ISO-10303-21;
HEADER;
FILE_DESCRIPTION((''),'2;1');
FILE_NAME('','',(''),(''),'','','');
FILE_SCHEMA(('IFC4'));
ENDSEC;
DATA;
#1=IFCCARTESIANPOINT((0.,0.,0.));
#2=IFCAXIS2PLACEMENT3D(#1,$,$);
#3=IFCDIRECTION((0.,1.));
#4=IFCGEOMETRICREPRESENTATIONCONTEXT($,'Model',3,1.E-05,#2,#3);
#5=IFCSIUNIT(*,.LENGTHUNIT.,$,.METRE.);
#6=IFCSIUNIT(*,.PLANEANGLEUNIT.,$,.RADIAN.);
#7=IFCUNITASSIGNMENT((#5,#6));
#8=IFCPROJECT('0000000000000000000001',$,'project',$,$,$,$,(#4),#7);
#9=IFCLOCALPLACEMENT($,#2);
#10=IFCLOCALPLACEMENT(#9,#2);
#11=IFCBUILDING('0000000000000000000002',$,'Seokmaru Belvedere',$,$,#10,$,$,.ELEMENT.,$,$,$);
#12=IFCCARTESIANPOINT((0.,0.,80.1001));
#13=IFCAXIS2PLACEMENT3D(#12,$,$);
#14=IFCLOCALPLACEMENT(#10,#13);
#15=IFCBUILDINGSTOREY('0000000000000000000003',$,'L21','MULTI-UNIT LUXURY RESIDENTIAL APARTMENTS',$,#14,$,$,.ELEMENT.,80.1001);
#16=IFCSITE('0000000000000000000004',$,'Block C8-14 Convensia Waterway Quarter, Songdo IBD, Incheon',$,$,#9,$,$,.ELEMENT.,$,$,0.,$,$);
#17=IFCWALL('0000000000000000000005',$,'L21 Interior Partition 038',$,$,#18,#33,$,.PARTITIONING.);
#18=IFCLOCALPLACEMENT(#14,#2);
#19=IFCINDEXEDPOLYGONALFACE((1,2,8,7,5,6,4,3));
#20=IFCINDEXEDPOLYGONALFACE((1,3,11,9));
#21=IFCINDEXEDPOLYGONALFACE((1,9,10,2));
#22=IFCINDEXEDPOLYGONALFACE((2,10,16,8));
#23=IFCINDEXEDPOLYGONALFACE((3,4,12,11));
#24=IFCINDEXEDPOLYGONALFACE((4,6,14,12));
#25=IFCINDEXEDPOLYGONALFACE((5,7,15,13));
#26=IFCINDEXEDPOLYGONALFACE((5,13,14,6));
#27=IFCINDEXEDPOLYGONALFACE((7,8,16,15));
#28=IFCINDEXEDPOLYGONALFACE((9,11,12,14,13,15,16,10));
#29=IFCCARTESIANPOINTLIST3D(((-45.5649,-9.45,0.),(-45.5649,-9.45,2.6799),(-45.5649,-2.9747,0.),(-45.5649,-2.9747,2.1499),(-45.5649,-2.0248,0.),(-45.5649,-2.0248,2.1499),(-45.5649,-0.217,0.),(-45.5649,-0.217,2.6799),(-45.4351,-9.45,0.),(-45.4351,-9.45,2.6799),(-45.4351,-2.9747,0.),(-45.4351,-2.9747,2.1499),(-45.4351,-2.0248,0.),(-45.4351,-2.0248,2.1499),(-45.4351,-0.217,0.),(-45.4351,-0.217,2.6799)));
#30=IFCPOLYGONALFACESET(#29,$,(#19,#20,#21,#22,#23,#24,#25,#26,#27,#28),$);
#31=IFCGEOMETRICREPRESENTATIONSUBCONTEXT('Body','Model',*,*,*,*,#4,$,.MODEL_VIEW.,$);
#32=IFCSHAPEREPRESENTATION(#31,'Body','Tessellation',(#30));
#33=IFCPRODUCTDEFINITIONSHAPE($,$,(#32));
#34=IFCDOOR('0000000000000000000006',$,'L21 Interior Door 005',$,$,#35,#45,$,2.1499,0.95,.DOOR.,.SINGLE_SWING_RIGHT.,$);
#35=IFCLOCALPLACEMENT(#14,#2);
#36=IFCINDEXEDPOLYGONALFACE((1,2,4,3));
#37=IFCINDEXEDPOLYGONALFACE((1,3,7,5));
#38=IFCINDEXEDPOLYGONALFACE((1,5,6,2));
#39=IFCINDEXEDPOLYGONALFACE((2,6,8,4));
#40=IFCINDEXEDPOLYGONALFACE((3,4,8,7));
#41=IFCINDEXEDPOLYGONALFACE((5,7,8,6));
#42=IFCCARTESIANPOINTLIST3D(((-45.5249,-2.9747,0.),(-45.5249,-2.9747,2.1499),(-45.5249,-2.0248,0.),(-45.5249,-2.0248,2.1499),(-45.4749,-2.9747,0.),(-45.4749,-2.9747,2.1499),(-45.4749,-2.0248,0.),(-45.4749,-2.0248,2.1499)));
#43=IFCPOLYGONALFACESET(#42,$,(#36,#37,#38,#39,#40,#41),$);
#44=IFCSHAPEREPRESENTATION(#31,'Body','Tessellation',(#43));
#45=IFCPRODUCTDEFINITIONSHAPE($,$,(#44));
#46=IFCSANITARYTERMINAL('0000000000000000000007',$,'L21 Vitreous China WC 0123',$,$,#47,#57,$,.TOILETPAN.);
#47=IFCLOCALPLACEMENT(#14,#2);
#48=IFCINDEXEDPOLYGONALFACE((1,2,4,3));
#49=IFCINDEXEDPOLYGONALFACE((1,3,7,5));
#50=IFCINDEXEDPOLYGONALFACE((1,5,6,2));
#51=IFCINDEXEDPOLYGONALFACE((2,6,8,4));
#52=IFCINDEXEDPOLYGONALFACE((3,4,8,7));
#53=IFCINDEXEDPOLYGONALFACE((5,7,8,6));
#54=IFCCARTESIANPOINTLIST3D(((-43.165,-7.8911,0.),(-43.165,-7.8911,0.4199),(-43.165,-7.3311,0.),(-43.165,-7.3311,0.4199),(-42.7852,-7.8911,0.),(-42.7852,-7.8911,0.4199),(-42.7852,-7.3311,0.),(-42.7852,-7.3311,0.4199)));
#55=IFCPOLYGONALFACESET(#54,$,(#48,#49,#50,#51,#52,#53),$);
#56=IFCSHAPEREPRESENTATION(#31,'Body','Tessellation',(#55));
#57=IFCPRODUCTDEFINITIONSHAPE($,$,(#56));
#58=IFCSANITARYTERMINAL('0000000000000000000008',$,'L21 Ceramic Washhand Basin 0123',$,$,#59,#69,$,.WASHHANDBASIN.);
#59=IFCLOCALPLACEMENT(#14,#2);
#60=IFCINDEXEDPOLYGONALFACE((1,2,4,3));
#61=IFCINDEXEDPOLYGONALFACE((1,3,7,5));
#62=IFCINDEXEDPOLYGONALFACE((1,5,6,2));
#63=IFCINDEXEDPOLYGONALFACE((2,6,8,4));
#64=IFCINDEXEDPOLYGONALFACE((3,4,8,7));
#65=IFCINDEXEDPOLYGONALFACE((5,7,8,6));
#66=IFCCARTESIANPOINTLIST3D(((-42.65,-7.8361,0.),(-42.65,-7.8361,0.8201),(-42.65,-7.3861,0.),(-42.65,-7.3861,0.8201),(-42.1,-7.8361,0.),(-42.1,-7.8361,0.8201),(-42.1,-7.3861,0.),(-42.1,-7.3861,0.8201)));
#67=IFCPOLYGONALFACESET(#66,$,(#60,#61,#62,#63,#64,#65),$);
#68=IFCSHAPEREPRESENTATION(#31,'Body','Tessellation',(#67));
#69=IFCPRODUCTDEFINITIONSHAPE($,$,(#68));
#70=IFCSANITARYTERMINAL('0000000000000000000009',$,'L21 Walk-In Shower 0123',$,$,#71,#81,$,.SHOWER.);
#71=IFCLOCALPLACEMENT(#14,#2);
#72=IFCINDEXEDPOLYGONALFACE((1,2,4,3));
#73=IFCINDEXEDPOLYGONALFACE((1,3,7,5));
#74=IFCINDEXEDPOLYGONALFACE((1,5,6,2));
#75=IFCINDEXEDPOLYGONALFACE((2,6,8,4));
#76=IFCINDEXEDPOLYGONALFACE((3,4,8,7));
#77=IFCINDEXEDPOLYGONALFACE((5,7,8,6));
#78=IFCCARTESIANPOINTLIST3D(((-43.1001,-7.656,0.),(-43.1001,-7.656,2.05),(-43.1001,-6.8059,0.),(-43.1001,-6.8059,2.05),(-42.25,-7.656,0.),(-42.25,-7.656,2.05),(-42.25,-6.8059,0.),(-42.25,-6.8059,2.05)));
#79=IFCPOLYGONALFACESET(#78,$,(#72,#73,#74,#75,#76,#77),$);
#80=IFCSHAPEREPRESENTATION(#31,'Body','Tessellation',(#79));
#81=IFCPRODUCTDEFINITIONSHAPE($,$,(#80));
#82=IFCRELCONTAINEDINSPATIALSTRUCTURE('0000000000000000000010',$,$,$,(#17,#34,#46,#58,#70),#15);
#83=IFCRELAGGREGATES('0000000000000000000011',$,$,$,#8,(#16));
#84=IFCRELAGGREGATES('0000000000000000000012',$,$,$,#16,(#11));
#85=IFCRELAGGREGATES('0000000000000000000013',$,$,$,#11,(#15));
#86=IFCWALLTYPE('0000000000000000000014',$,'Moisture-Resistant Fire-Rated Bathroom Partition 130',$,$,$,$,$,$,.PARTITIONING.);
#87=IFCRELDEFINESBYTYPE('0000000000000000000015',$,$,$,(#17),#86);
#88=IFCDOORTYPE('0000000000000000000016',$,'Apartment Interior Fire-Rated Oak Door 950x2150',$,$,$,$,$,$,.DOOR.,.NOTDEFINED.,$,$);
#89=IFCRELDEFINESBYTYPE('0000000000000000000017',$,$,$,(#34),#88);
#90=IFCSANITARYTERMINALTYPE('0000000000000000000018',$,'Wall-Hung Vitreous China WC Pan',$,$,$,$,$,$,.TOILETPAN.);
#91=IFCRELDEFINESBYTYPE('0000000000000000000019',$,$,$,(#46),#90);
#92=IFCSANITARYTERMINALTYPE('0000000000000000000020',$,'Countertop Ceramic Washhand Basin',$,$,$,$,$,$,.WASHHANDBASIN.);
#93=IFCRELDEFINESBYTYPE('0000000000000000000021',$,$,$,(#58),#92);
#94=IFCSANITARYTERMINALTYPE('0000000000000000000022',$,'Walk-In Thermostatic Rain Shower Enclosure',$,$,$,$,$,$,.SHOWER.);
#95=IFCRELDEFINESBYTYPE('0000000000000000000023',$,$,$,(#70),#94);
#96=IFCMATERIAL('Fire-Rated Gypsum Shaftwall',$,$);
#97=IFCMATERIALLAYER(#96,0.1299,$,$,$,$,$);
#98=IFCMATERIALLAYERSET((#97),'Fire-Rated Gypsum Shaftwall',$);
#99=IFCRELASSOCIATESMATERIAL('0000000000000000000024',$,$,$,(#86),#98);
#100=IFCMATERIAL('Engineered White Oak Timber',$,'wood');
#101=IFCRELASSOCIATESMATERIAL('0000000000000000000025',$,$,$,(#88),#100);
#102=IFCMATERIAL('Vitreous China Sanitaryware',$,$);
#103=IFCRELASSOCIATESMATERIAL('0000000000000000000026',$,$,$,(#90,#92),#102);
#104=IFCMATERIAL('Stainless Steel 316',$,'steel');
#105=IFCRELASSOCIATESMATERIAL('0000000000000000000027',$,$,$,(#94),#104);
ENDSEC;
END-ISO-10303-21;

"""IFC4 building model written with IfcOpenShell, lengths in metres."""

from ifc_helpers import new_model, si_unit, direction, frame, frame_2d, origin, origin_2d, place, context, subcontext, project, spatial, rectangle, extrude, source, transform, mapped, material, layer, layer_set, type_object, type_shapes, element, fill, save


model = new_model("IFC4")

# Units and contexts
model_context = context("Model", 3, precision=1e-05, world=origin(), true_north=direction((0.0, 1.0)))
body_context = subcontext(model_context, "Body", "Model", "MODEL_VIEW")
ifc_project = project(units=[si_unit("LENGTHUNIT", "METRE"), si_unit("PLANEANGLEUNIT", "RADIAN")], contexts=[model_context])

# Site, building, storey
site_placement = place(None, origin())
site = spatial("IfcSite", under=ifc_project, at=site_placement, Name="Block C8-14 Convensia Waterway Quarter, Songdo IBD, Incheon", CompositionType="ELEMENT", RefElevation=0.0)
building_placement = place(site_placement, origin())
building = spatial("IfcBuilding", under=site, at=building_placement, Name="Seokmaru Belvedere", CompositionType="ELEMENT")
storey_placement = place(building_placement, frame((0.0, 0.0, 80.1001)))
storey = spatial("IfcBuildingStorey", under=building, at=storey_placement, Name="L21", Description="MULTI-UNIT LUXURY RESIDENTIAL APARTMENTS", CompositionType="ELEMENT", Elevation=80.1001)

# Shared definitions
ifc_material_1 = material(Name="Fire-Rated Gypsum Shaftwall")

# Wall, opening, door
ifc_layer_1 = layer(ifc_material_1, 0.1299)
ifc_layer_set_1 = layer_set([ifc_layer_1], Name="Fire-Rated Gypsum Shaftwall")
wall_type_1 = type_object("IfcWallType", Name="Moisture-Resistant Fire-Rated Bathroom Partition 130", PredefinedType="PARTITIONING", material=ifc_layer_set_1)
ifc_material_2 = material(Name="Engineered White Oak Timber", Category="wood")
wall_1_placement = place(storey_placement, frame((-45.5, -9.45, 0.0), z_axis=(0.0, 0.0, 1.0), x_axis=(0.0, 1.0, 0.0)))
wall_1 = element("IfcWall", 1, at=wall_1_placement, inside=storey, type_object=wall_type_1, Name="L21 Interior Partition 038", PredefinedType="PARTITIONING", context=body_context, shape_type="SweptSolid", body=[
    extrude(rectangle(XDim=9.2329, YDim=0.1299, at=frame_2d((4.6165, 0.0))), origin(), (0.0, 0.0, 1.0), 2.6799),
])
opening_1_placement = place(wall_1_placement, frame((6.4751, 0.0, 0.0)))
opening_1 = element("IfcOpeningElement", 2, at=opening_1_placement, cuts=wall_1, PredefinedType="OPENING", context=body_context, shape_type="SweptSolid", body=[
    extrude(rectangle(XDim=0.95, YDim=2.1499, at=frame_2d((0.4751, 1.075))), frame((0.0, 0.075, 0.0), z_axis=(0.0, -1.0, 0.0), x_axis=(1.0, 0.0, 0.0)), (0.0, 0.0, 1.0), 0.1499),
])
door_type_1 = type_object("IfcDoorType", Name="Apartment Interior Fire-Rated Oak Door 950x2150", OperationType="NOTDEFINED", PredefinedType="DOOR", material=ifc_material_2)
shared_shape_1 = source(origin(), body_context, "Body", "SweptSolid", [
    extrude(rectangle(XDim=0.95, YDim=2.1499, at=frame_2d((0.4751, 1.075))), frame((0.0, 0.0249, 0.0), z_axis=(0.0, -1.0, 0.0), x_axis=(1.0, 0.0, 0.0)), (0.0, 0.0, 1.0), 0.05),
])
type_shapes(door_type_1, [shared_shape_1])
door_1_placement = place(opening_1_placement, origin())
door_1 = element("IfcDoor", 3, at=door_1_placement, inside=storey, type_object=door_type_1, Name="L21 Interior Door 005", OperationType="SINGLE_SWING_RIGHT", OverallHeight=2.1499, OverallWidth=0.95, PredefinedType="DOOR", context=body_context, shape_type="MappedRepresentation", body=[
    mapped(shared_shape_1, transform((0.0, 0.0, 0.0), scale=1.0)),
])
fill(opening_1, door_1)

# Sanitary terminals
ifc_material_3 = material(Name="Vitreous China Sanitaryware")
sanitary_terminal_type_1 = type_object("IfcSanitaryTerminalType", Name="Wall-Hung Vitreous China WC Pan", PredefinedType="TOILETPAN", material=ifc_material_3)
shared_shape_2 = source(origin(), body_context, "Body", "SweptSolid", [
    extrude(rectangle(XDim=0.3799, YDim=0.5601, at=origin_2d()), origin(), (0.0, 0.0, 1.0), 0.4199),
])
type_shapes(sanitary_terminal_type_1, [shared_shape_2])
sanitary_terminal_1_placement = place(storey_placement, frame((-42.9751, -7.6111, 0.0), z_axis=(0.0, 0.0, 1.0), x_axis=(1.0, 0.0, 0.0)))
element("IfcSanitaryTerminal", 4, at=sanitary_terminal_1_placement, inside=storey, type_object=sanitary_terminal_type_1, Name="L21 Vitreous China WC 0123", PredefinedType="TOILETPAN", context=body_context, shape_type="MappedRepresentation", body=[
    mapped(shared_shape_2, transform((0.0, 0.0, 0.0), scale=1.0)),
])
sanitary_terminal_type_2 = type_object("IfcSanitaryTerminalType", Name="Countertop Ceramic Washhand Basin", PredefinedType="WASHHANDBASIN", material=ifc_material_3)
shared_shape_3 = source(origin(), body_context, "Body", "SweptSolid", [
    extrude(rectangle(XDim=0.55, YDim=0.45, at=origin_2d()), origin(), (0.0, 0.0, 1.0), 0.8201),
])
type_shapes(sanitary_terminal_type_2, [shared_shape_3])
sanitary_terminal_2_placement = place(storey_placement, frame((-42.375, -7.6111, 0.0), z_axis=(0.0, 0.0, 1.0), x_axis=(1.0, 0.0, 0.0)))
element("IfcSanitaryTerminal", 5, at=sanitary_terminal_2_placement, inside=storey, type_object=sanitary_terminal_type_2, Name="L21 Ceramic Washhand Basin 0123", PredefinedType="WASHHANDBASIN", context=body_context, shape_type="MappedRepresentation", body=[
    mapped(shared_shape_3, transform((0.0, 0.0, 0.0), scale=1.0)),
])
ifc_material_4 = material(Name="Stainless Steel 316", Category="steel")
sanitary_terminal_type_3 = type_object("IfcSanitaryTerminalType", Name="Walk-In Thermostatic Rain Shower Enclosure", PredefinedType="SHOWER", material=ifc_material_4)
shared_shape_4 = source(origin(), body_context, "Body", "SweptSolid", [
    extrude(rectangle(XDim=0.8501, YDim=0.8501, at=origin_2d()), origin(), (0.0, 0.0, 1.0), 2.05),
])
type_shapes(sanitary_terminal_type_3, [shared_shape_4])
sanitary_terminal_3_placement = place(storey_placement, frame((-42.675, -7.231, 0.0), z_axis=(0.0, 0.0, 1.0), x_axis=(1.0, 0.0, 0.0)))
element("IfcSanitaryTerminal", 6, at=sanitary_terminal_3_placement, inside=storey, type_object=sanitary_terminal_type_3, Name="L21 Walk-In Shower 0123", PredefinedType="SHOWER", context=body_context, shape_type="MappedRepresentation", body=[
    mapped(shared_shape_4, transform((0.0, 0.0, 0.0), scale=1.0)),
])

save(model, "model.ifc")
